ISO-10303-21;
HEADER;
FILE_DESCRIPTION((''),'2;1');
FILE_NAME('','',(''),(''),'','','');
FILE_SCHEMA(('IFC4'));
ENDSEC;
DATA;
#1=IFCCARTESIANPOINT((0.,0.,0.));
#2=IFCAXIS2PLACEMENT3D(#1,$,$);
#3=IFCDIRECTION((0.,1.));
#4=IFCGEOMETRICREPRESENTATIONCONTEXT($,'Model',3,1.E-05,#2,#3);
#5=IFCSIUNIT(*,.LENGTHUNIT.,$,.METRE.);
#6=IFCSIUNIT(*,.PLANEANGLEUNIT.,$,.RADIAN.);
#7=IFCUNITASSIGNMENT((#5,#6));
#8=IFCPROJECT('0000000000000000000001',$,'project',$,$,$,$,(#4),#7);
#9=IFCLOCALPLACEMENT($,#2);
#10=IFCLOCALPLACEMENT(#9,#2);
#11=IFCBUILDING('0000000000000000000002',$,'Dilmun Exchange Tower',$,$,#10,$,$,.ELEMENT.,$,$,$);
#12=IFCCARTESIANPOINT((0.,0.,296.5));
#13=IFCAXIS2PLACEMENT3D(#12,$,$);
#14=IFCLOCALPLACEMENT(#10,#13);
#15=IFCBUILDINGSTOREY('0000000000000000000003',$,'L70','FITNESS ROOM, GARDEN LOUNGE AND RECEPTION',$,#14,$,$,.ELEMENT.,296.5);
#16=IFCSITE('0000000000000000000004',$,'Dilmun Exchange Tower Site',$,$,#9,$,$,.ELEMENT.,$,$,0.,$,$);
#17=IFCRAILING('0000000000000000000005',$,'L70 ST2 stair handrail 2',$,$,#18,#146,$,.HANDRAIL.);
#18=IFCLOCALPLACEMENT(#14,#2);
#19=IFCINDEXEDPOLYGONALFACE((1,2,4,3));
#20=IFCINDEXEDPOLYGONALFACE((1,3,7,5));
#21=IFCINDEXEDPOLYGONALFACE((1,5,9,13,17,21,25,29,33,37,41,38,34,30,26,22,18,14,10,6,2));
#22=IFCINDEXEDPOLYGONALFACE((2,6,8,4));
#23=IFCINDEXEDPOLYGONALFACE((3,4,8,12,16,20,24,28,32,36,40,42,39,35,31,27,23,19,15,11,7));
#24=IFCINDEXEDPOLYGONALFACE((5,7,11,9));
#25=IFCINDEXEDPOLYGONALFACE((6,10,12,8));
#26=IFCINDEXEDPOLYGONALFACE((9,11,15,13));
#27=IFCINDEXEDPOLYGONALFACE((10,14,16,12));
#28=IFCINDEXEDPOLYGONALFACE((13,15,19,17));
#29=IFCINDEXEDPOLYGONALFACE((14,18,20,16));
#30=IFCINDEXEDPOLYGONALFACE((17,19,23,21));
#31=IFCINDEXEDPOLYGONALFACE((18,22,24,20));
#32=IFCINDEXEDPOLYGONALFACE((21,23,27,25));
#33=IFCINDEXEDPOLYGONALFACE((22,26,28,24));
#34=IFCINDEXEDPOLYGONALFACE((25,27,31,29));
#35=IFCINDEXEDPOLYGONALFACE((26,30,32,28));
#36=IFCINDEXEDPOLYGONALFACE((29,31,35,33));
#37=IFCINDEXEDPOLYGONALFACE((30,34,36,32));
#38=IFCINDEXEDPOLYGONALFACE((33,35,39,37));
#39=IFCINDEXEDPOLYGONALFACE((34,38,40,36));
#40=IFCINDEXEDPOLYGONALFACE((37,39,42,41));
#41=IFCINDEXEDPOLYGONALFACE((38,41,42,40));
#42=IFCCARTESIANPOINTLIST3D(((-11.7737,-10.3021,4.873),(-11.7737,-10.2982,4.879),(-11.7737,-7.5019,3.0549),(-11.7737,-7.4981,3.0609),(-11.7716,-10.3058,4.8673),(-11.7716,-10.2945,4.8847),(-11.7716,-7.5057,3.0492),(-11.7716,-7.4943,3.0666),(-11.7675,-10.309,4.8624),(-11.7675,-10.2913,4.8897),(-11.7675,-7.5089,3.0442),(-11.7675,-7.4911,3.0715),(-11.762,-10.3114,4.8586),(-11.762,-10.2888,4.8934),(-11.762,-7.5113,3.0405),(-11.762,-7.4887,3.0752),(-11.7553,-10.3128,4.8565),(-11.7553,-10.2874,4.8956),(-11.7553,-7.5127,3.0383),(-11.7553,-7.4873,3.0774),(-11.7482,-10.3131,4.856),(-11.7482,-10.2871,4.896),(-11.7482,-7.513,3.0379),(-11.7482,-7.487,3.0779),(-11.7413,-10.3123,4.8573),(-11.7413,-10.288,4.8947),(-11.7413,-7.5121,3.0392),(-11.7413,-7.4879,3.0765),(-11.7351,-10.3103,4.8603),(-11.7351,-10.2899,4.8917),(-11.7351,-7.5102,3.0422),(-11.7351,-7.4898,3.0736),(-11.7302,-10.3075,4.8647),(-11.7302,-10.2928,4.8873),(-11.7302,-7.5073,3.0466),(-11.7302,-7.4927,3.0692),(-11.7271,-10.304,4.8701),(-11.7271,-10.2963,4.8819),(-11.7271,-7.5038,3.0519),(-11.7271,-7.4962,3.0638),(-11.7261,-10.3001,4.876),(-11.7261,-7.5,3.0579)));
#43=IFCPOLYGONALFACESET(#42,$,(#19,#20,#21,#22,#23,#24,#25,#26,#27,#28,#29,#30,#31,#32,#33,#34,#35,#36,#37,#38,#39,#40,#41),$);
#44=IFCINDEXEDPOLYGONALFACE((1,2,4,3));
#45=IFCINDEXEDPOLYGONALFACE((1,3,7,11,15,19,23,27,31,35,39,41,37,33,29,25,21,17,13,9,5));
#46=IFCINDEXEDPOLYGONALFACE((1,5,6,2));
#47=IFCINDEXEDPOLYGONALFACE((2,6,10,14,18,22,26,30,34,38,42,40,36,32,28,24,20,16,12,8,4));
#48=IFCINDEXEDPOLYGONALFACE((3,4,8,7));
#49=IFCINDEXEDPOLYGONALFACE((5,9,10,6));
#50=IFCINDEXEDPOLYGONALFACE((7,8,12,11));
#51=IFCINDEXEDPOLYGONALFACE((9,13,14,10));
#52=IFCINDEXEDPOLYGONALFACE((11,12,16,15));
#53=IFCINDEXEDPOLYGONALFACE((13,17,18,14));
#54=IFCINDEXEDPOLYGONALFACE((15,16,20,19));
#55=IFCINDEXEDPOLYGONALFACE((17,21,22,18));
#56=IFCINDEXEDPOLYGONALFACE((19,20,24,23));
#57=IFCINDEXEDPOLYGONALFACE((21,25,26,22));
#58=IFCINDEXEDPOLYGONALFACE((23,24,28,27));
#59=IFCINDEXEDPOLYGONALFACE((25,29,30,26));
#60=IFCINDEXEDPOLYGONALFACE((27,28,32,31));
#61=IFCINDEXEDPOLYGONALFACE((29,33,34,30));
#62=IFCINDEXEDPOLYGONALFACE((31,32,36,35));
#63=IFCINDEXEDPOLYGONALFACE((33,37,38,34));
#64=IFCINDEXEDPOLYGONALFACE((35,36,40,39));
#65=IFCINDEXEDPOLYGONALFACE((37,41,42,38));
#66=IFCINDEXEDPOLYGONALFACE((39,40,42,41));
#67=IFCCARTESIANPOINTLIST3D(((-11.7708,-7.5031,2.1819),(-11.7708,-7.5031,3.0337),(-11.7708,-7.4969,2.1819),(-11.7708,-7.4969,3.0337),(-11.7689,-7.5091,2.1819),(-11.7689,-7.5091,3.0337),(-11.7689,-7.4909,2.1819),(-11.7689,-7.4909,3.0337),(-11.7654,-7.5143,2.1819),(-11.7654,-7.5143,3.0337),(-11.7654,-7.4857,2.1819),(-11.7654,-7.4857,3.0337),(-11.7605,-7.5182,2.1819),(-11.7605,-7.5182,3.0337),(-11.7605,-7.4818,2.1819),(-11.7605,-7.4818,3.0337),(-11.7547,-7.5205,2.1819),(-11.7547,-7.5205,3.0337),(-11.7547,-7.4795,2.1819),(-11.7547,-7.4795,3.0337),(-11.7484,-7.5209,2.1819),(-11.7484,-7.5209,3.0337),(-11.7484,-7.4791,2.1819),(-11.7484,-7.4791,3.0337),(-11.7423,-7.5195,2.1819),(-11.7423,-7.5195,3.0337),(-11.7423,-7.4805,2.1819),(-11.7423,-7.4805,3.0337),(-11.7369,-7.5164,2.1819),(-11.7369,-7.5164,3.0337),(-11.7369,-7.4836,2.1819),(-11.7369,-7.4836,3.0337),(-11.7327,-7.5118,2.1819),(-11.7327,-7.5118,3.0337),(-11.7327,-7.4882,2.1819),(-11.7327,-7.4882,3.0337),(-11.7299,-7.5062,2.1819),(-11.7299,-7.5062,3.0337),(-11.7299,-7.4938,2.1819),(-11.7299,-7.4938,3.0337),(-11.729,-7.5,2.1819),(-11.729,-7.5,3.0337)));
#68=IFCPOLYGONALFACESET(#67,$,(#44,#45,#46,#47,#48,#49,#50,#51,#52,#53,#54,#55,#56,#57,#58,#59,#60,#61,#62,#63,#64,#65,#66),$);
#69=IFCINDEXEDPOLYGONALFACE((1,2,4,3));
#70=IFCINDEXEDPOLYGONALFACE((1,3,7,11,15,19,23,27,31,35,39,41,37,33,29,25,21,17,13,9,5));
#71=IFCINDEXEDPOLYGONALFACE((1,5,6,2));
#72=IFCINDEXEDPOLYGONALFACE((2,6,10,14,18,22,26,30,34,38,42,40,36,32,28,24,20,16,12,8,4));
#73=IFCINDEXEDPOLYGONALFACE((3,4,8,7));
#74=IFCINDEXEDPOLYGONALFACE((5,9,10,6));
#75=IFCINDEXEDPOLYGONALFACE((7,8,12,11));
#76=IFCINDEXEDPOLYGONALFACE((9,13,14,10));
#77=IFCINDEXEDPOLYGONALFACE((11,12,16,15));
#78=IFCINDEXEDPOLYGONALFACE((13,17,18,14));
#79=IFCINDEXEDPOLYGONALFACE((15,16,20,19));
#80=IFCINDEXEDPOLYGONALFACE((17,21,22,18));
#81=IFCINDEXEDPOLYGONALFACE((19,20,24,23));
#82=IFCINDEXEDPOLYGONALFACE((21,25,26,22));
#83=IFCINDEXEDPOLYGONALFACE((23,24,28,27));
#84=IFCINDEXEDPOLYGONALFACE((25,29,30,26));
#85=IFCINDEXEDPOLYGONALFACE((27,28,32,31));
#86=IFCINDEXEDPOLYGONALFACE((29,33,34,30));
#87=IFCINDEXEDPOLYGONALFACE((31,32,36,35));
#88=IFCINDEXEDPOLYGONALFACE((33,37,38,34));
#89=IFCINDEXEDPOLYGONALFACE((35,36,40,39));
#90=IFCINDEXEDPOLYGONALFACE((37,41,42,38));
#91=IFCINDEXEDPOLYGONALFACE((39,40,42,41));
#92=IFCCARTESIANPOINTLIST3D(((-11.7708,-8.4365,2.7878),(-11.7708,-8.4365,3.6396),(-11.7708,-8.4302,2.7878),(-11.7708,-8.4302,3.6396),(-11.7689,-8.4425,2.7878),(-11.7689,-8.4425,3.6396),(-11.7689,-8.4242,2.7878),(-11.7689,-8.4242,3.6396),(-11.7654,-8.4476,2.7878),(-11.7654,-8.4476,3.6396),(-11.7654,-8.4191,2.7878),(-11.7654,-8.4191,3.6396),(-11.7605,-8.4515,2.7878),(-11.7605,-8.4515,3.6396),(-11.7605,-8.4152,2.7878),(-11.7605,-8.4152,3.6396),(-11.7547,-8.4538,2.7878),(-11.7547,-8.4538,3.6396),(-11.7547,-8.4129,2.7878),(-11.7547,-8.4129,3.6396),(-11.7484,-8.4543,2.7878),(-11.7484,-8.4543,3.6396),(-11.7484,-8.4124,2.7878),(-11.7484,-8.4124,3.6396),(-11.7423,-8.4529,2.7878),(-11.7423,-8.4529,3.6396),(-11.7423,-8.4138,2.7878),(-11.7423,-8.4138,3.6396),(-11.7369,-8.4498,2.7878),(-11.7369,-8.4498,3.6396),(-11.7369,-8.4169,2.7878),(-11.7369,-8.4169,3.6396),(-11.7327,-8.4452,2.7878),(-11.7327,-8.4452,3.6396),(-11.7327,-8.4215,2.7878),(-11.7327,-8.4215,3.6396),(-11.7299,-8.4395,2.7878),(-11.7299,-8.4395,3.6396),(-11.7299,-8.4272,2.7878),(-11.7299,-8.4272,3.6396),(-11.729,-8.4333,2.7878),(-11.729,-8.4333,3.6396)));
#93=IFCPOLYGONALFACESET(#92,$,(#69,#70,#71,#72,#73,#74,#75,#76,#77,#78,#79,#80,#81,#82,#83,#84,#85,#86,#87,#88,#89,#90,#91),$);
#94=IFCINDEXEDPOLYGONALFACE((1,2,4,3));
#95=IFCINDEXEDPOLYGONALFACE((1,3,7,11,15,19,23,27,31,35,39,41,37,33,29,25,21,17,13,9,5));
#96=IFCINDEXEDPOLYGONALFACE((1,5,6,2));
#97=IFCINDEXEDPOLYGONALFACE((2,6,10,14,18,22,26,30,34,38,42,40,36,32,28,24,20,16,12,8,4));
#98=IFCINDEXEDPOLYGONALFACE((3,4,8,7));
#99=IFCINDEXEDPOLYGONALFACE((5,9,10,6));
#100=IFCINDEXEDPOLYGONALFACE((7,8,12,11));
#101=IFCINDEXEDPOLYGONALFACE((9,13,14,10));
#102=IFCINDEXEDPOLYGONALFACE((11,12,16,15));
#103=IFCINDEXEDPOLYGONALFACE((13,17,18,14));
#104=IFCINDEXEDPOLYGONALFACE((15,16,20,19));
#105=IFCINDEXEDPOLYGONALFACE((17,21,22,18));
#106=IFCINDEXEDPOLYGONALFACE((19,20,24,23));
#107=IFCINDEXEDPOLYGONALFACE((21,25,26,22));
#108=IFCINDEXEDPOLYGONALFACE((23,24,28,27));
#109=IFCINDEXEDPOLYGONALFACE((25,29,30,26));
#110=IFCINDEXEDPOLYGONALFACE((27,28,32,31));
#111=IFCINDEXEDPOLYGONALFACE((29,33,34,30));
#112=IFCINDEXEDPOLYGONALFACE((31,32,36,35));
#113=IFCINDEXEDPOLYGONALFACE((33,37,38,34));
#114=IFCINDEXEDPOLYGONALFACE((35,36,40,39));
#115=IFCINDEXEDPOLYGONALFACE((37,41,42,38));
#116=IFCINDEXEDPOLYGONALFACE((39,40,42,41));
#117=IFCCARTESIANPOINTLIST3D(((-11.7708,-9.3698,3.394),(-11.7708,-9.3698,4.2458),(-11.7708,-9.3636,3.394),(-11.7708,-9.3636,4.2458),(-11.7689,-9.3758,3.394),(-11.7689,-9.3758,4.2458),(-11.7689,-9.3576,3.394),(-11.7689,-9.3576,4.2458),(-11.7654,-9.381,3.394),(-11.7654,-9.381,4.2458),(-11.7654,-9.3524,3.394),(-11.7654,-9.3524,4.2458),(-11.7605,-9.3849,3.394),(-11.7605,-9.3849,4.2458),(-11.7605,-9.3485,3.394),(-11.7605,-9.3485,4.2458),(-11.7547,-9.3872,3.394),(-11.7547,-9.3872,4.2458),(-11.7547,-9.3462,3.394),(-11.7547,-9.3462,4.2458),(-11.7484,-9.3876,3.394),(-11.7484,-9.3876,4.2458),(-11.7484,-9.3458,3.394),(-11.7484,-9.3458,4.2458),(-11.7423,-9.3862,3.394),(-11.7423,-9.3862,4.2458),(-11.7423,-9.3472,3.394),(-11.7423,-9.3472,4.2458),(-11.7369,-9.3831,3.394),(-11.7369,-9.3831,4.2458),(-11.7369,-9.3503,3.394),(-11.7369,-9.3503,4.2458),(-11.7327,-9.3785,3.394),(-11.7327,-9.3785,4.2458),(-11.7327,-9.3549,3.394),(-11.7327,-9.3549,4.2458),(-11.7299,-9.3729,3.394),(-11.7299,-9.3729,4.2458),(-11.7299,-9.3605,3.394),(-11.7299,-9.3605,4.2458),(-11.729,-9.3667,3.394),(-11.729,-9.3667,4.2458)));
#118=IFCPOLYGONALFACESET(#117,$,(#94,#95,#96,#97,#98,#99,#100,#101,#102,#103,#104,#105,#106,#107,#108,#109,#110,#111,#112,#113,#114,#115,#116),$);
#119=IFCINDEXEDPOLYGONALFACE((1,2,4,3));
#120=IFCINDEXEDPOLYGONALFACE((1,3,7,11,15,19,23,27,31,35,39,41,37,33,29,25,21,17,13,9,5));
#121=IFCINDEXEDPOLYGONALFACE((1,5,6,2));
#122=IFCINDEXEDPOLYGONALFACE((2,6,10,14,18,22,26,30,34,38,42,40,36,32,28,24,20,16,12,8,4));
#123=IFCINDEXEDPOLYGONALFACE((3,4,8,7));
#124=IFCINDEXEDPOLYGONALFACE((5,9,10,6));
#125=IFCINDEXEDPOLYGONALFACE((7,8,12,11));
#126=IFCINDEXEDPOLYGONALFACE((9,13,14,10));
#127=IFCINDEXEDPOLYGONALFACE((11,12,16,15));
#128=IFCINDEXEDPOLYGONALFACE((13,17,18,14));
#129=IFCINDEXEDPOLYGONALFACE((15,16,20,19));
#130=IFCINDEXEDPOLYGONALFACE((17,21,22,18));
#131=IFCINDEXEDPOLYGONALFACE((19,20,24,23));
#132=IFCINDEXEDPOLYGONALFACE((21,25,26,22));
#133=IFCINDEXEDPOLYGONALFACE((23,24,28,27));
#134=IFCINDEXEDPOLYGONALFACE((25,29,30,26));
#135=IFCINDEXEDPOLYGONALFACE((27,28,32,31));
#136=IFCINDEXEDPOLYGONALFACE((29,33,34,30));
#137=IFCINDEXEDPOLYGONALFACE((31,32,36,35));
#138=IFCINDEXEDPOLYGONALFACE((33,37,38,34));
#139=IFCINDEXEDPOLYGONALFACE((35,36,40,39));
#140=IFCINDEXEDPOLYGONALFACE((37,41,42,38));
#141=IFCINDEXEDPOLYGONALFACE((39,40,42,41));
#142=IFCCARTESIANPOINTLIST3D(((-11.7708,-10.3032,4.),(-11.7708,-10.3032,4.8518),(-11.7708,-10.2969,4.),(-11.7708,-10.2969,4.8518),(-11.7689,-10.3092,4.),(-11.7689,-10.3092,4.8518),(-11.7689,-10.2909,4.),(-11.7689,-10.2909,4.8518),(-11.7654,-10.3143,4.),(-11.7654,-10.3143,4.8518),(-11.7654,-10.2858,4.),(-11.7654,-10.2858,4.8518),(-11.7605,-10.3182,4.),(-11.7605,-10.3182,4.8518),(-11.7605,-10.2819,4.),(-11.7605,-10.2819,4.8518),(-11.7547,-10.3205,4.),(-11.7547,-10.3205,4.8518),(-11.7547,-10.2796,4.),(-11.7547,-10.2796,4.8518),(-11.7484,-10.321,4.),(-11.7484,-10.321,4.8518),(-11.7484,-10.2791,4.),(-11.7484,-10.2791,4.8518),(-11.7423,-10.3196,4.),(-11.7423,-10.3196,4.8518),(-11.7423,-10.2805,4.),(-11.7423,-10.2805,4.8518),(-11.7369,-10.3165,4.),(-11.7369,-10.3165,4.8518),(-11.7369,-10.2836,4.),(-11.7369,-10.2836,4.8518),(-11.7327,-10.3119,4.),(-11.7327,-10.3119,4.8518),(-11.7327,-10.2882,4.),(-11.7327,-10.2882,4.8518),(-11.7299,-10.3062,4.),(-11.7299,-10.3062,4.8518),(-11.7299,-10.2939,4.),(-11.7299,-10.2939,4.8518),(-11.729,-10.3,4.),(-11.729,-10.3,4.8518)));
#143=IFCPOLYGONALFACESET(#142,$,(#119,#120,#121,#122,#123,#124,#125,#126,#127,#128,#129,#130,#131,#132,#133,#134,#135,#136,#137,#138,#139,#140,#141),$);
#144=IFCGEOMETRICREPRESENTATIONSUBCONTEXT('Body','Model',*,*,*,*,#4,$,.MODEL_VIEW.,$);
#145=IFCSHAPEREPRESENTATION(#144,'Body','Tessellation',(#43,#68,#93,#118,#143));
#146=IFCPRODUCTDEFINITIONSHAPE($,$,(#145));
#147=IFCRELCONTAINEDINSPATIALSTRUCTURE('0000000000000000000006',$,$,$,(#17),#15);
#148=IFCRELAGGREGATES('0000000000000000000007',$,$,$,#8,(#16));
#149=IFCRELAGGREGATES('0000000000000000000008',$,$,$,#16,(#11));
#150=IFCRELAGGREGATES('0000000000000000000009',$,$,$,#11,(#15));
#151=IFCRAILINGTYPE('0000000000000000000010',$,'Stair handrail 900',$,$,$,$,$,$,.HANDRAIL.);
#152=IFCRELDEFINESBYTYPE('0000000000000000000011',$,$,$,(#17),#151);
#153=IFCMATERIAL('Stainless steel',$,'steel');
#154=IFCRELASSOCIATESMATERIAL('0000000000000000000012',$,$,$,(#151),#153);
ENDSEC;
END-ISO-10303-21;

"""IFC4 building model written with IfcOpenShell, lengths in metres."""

from ifc_helpers import new_model, si_unit, direction, frame, origin, origin_2d, place, context, subcontext, project, spatial, circle, extrude, material, type_object, element, save


model = new_model("IFC4")

# Units and contexts
model_context = context("Model", 3, precision=1e-05, world=origin(), true_north=direction((0.0, 1.0)))
body_context = subcontext(model_context, "Body", "Model", "MODEL_VIEW")
ifc_project = project(units=[si_unit("LENGTHUNIT", "METRE"), si_unit("PLANEANGLEUNIT", "RADIAN")], contexts=[model_context])

# Site, building, storey
site_placement = place(None, origin())
site = spatial("IfcSite", under=ifc_project, at=site_placement, Name="Dilmun Exchange Tower Site", CompositionType="ELEMENT", RefElevation=0.0)
building_placement = place(site_placement, origin())
building = spatial("IfcBuilding", under=site, at=building_placement, Name="Dilmun Exchange Tower", CompositionType="ELEMENT")
storey_placement = place(building_placement, frame((0.0, 0.0, 296.5)))
storey = spatial("IfcBuildingStorey", under=building, at=storey_placement, Name="L70", Description="FITNESS ROOM, GARDEN LOUNGE AND RECEPTION", CompositionType="ELEMENT", Elevation=296.5)

# Railing
ifc_material_1 = material(Name="Stainless steel", Category="steel")
railing_type = type_object("IfcRailingType", Name="Stair handrail 900", PredefinedType="HANDRAIL", material=ifc_material_1)
railing_placement = place(storey_placement, frame((-11.75, -7.5, 2.1819)))
element("IfcRailing", 1, at=railing_placement, inside=storey, type_object=railing_type, Name="L70 ST2 stair handrail 2", PredefinedType="HANDRAIL", context=body_context, shape_type="SweptSolid", body=[
    extrude(circle(Radius=0.0239, at=origin_2d()), frame((0.0, 0.0, 0.876), z_axis=(0.0, -0.838706, 0.544585), x_axis=(1.0, 0.0, 0.0)), (0.0, 0.0, 1.0), 3.3386),
    extrude(circle(Radius=0.021, at=origin_2d()), origin(), (0.0, 0.0, 1.0), 0.8518),
    extrude(circle(Radius=0.021, at=origin_2d()), frame((0.0, -0.9333, 0.606)), (0.0, 0.0, 1.0), 0.8518),
    extrude(circle(Radius=0.021, at=origin_2d()), frame((0.0, -1.8667, 1.2122)), (0.0, 0.0, 1.0), 0.8518),
    extrude(circle(Radius=0.021, at=origin_2d()), frame((0.0, -2.8, 1.8181)), (0.0, 0.0, 1.0), 0.8518),
])

save(model, "model.ifc")
